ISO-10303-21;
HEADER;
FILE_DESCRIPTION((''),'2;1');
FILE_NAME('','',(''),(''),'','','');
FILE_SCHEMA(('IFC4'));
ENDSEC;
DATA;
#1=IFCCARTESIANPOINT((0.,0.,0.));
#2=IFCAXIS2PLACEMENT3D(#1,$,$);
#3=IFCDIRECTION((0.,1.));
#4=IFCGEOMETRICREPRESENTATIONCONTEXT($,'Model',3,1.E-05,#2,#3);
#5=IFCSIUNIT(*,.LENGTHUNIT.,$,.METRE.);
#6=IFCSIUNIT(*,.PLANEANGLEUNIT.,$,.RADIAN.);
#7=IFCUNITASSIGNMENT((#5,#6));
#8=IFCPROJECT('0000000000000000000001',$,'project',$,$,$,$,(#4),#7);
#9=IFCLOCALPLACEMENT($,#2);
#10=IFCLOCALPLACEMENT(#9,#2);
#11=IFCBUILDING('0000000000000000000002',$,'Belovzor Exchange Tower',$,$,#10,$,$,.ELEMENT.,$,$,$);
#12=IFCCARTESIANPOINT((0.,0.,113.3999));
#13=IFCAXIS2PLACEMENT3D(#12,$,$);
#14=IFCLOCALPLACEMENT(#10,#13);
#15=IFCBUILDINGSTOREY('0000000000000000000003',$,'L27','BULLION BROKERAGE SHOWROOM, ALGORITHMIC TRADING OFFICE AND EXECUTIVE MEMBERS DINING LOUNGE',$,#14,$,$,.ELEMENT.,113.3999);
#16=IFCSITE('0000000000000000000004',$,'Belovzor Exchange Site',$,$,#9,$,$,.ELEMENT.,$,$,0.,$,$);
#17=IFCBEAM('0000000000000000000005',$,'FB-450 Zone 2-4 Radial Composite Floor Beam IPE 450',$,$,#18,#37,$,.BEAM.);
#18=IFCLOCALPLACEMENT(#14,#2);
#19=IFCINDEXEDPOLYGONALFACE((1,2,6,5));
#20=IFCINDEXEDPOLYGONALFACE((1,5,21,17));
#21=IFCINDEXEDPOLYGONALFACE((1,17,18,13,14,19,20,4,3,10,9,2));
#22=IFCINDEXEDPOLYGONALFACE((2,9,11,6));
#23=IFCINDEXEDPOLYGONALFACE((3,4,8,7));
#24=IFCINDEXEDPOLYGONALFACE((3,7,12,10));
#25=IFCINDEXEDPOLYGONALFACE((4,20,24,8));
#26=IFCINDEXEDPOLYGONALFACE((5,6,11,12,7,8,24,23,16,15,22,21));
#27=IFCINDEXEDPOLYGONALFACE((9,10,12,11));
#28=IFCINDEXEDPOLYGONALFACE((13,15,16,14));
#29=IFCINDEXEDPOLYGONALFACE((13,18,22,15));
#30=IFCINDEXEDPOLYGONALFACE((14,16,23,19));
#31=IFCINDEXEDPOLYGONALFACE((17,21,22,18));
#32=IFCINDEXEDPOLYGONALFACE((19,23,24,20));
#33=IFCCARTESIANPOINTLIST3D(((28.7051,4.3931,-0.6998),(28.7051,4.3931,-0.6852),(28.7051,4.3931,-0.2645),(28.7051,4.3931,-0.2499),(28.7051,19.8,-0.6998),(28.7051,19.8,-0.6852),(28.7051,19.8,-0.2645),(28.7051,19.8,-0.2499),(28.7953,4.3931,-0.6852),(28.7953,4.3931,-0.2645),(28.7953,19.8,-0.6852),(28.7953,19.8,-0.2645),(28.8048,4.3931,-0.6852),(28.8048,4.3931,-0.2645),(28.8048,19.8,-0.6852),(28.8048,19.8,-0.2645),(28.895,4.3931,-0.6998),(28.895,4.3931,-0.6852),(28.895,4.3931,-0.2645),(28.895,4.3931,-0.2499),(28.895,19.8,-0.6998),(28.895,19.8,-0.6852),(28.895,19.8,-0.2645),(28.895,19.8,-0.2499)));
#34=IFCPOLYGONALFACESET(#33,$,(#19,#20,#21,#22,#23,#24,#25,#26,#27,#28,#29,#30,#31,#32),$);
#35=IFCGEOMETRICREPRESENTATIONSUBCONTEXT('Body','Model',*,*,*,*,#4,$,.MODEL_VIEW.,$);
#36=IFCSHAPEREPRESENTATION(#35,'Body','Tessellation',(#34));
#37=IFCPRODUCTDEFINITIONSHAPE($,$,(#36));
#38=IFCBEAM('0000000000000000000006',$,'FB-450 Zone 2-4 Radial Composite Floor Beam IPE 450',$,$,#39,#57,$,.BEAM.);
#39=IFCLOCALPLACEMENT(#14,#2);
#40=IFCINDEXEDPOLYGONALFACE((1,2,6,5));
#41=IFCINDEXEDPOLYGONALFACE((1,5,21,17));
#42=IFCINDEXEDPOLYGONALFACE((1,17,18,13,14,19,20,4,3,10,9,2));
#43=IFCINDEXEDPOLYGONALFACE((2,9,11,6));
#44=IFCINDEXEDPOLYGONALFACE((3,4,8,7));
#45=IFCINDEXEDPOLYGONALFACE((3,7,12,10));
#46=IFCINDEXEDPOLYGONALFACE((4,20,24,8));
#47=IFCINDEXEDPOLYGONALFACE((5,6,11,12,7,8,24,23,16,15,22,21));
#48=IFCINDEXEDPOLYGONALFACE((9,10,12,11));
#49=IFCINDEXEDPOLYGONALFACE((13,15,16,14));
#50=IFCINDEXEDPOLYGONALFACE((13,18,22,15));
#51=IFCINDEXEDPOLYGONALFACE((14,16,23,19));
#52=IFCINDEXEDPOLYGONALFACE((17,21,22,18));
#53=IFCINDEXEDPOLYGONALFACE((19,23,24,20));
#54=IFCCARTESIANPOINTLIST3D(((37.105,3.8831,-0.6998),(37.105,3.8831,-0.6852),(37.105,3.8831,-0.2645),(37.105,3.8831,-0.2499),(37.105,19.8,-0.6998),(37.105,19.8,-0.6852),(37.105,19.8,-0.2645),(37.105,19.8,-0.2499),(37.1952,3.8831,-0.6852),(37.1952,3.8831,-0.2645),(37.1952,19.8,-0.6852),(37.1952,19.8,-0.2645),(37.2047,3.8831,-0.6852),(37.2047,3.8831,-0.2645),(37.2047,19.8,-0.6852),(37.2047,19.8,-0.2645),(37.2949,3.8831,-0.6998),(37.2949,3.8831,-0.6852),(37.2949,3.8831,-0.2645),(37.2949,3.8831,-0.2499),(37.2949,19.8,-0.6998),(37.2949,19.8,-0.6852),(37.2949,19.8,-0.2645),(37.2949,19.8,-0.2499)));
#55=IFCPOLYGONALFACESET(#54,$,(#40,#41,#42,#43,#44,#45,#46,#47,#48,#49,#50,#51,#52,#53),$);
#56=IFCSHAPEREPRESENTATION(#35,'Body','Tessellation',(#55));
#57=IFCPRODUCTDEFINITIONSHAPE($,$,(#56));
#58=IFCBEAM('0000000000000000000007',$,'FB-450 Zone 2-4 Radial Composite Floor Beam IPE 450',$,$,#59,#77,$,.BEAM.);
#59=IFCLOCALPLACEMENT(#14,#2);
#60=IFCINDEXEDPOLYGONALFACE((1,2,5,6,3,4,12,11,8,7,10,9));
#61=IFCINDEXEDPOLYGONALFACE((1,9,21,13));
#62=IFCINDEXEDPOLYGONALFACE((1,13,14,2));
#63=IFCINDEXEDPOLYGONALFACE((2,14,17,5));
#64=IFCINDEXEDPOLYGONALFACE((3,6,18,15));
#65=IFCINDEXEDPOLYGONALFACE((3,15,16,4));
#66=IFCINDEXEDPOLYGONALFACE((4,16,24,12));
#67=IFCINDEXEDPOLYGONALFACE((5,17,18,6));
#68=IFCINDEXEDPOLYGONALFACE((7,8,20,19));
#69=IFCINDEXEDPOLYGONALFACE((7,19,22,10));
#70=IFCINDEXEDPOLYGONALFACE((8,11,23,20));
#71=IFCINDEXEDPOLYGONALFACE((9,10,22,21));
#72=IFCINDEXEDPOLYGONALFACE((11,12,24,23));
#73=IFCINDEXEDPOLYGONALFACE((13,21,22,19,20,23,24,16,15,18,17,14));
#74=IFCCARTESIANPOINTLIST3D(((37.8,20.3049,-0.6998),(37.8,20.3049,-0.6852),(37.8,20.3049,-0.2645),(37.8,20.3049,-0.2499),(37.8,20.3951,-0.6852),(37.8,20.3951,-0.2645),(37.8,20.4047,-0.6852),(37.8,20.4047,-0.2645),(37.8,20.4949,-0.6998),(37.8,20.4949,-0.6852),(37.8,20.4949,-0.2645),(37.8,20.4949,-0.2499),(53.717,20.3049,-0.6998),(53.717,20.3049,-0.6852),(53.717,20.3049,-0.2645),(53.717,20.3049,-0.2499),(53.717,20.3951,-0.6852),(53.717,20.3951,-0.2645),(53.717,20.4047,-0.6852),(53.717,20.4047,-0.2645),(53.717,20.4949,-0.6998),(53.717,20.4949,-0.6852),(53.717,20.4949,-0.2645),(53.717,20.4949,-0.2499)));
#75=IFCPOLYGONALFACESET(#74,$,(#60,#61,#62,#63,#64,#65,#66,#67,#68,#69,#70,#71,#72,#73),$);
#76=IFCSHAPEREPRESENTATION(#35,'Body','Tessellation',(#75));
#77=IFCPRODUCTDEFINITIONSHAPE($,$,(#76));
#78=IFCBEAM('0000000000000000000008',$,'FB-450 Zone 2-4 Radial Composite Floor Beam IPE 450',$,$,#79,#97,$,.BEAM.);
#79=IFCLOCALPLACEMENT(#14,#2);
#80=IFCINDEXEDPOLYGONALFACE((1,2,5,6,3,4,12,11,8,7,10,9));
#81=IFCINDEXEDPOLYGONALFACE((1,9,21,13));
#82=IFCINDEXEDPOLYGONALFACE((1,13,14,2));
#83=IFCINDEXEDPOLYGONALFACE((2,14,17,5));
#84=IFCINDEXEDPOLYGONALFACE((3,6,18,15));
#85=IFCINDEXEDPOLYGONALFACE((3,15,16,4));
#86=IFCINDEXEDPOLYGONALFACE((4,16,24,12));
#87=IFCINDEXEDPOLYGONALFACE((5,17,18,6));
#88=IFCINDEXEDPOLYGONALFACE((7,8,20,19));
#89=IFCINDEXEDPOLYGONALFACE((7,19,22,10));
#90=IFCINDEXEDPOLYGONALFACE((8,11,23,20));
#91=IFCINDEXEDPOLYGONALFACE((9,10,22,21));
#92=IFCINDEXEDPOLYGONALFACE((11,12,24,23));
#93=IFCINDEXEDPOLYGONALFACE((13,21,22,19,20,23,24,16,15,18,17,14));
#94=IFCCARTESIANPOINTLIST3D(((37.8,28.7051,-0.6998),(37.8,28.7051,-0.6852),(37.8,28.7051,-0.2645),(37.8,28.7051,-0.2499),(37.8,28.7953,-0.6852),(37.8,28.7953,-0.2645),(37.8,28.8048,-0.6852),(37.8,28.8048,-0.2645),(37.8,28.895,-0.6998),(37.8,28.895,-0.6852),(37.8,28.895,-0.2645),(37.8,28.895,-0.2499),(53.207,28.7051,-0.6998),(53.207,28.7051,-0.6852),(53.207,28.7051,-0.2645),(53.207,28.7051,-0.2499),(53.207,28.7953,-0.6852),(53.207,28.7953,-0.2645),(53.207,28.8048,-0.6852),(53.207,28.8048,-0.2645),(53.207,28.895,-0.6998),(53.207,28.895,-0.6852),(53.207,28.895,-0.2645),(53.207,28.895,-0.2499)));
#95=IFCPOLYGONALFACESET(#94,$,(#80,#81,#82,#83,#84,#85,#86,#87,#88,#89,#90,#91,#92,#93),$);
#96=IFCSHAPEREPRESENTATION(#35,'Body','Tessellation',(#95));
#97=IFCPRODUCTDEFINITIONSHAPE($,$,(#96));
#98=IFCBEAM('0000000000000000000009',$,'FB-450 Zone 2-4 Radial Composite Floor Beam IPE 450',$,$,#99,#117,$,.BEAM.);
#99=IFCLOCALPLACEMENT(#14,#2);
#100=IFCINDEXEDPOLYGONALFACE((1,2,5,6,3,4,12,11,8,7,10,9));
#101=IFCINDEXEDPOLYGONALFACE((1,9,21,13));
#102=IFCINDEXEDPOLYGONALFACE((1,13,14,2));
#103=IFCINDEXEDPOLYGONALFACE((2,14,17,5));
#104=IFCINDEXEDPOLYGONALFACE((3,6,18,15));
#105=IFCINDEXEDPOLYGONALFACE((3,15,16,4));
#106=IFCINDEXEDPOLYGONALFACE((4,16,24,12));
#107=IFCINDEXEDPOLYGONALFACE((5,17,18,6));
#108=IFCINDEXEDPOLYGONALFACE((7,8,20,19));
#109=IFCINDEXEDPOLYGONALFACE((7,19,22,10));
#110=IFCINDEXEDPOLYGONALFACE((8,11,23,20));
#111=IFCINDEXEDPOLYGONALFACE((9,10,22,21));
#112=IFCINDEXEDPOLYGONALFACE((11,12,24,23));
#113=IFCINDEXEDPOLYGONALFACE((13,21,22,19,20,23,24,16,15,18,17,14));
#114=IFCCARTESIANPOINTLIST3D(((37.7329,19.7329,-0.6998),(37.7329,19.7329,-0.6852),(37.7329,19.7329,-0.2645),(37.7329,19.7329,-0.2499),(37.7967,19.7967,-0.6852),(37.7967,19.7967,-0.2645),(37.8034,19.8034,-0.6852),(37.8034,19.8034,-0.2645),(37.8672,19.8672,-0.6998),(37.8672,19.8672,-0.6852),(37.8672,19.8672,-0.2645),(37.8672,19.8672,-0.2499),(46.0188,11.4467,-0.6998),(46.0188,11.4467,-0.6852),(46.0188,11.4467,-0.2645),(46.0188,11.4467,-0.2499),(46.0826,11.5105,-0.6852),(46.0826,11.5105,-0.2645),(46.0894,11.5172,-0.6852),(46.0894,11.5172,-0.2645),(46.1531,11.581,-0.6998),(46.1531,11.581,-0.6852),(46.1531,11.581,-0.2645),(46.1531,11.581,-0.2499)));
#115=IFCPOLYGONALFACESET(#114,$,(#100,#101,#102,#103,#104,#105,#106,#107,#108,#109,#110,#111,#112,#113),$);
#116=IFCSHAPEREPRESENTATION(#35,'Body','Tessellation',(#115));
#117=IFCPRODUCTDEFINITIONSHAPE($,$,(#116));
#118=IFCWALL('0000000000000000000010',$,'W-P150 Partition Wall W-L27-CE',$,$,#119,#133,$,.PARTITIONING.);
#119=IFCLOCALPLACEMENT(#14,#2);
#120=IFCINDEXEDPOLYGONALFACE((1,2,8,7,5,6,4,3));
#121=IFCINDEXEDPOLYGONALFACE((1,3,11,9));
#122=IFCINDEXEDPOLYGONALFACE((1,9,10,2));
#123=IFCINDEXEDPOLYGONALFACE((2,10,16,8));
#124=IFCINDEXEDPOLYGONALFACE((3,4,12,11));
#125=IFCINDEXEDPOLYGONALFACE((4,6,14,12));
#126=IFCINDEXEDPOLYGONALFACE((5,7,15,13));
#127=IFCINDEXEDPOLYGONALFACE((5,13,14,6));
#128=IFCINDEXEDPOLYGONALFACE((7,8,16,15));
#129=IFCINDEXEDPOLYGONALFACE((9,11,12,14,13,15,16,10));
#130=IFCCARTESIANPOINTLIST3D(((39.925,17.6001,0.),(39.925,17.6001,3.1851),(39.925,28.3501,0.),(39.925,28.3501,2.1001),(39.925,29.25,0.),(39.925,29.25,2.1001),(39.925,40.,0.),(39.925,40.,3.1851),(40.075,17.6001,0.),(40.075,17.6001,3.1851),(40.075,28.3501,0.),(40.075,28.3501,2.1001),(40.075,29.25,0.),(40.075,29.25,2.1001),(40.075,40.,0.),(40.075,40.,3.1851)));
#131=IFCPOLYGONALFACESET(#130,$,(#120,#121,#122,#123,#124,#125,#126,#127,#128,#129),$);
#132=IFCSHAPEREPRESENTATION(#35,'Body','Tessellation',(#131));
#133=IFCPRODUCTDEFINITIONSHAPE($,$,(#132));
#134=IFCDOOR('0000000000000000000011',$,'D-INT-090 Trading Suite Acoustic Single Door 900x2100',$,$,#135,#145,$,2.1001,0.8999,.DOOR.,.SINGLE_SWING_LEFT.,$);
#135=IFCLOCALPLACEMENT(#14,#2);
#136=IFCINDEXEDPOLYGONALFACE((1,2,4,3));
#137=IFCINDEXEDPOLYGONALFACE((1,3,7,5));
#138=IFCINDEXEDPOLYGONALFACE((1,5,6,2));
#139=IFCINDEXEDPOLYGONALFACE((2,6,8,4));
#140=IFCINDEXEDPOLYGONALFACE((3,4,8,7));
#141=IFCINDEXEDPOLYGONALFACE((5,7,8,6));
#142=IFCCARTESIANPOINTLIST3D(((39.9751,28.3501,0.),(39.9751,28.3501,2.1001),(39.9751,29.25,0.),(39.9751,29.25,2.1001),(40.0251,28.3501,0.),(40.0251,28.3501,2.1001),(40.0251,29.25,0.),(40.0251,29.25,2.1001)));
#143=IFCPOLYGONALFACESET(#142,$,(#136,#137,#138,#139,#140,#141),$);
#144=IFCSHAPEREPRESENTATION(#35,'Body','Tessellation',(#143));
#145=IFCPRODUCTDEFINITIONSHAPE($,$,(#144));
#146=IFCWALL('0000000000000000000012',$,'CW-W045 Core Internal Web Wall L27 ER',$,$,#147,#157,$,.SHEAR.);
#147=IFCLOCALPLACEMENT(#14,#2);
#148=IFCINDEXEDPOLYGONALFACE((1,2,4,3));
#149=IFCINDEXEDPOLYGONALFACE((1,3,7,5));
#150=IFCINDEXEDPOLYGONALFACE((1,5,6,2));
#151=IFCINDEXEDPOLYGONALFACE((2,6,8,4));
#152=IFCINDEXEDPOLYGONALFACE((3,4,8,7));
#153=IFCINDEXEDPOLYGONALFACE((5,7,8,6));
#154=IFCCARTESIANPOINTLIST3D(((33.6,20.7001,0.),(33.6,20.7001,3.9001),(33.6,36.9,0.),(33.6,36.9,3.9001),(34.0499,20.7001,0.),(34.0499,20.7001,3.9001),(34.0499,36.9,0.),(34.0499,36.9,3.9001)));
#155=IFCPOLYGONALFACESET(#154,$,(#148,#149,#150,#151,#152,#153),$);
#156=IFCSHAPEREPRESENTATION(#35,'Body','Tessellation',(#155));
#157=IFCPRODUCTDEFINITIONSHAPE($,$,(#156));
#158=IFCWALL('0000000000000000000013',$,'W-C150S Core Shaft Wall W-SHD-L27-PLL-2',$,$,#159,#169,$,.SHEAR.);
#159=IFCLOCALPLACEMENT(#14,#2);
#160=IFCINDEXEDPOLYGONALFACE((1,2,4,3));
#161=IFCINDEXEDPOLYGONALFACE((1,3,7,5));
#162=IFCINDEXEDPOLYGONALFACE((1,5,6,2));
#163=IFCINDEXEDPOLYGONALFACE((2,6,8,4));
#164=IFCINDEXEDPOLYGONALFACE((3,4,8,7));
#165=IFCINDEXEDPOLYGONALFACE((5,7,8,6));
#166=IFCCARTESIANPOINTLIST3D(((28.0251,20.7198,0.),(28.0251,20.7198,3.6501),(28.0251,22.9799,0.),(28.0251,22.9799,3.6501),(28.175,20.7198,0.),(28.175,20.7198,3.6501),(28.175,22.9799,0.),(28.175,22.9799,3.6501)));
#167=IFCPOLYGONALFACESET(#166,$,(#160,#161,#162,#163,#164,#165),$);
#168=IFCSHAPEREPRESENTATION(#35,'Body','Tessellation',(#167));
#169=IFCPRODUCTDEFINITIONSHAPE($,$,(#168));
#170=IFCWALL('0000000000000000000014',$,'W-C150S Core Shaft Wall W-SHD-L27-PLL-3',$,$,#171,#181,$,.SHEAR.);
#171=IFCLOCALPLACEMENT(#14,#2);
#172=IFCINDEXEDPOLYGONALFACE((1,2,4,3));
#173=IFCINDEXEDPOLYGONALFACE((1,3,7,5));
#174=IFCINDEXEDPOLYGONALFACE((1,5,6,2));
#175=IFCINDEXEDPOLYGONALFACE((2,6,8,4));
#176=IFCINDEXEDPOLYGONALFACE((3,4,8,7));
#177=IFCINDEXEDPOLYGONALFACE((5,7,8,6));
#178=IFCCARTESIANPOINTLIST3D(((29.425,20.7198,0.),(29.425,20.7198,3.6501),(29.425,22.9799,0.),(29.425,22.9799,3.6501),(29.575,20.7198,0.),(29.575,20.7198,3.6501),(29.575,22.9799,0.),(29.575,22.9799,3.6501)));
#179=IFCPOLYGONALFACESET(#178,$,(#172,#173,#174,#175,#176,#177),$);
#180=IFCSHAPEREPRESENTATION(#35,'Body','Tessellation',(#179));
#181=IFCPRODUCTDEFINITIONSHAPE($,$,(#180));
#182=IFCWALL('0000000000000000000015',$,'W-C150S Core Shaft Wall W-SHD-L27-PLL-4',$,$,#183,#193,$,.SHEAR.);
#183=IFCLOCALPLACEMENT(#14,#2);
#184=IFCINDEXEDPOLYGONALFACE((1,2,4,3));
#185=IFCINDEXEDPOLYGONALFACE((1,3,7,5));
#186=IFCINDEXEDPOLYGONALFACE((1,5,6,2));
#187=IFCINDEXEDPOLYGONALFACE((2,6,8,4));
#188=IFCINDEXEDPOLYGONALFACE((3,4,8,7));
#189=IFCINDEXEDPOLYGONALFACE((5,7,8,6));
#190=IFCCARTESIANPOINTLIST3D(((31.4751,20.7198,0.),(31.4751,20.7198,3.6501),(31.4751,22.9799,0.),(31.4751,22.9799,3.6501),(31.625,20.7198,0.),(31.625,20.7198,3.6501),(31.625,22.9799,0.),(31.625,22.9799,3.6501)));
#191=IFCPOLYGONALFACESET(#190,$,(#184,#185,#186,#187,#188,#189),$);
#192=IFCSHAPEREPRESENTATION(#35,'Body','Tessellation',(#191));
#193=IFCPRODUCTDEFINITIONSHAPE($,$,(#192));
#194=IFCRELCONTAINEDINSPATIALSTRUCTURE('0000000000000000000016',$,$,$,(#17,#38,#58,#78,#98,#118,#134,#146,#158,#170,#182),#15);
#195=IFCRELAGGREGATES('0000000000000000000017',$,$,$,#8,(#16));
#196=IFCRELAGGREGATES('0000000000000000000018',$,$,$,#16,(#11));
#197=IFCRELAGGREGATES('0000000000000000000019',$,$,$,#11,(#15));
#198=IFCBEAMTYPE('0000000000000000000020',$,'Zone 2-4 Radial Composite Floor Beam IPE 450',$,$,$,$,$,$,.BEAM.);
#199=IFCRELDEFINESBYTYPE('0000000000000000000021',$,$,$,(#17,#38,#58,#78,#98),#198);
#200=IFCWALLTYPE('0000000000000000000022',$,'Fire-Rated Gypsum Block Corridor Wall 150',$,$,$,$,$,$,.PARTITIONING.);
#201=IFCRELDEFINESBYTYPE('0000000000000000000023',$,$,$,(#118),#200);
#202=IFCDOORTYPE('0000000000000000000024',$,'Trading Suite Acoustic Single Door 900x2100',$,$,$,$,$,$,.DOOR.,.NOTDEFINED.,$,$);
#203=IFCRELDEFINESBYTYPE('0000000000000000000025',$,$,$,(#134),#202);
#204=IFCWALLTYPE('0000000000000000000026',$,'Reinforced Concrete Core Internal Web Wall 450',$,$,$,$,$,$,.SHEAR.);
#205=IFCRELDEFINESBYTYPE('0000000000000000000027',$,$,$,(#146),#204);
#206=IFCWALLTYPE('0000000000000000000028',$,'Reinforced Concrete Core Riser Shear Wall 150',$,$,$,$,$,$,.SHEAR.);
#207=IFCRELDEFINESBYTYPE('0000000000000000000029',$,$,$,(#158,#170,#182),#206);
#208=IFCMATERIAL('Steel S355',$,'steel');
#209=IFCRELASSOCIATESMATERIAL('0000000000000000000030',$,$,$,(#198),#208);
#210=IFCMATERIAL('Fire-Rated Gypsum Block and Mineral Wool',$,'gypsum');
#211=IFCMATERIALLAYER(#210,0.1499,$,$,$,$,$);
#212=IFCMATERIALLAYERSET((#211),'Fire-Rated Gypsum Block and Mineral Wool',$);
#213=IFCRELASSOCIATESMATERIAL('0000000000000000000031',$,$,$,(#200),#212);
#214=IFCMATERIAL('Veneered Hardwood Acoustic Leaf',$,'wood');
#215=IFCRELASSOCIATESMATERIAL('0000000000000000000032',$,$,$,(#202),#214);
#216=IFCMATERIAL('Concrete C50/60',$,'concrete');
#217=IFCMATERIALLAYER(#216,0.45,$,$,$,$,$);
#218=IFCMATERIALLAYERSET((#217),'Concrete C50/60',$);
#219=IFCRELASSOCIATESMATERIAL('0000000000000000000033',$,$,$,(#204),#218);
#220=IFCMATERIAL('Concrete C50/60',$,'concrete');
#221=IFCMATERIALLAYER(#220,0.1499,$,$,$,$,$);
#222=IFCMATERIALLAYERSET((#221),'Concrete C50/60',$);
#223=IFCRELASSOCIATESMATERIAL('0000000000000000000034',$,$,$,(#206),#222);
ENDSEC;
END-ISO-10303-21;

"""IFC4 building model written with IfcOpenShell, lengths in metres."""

from ifc_helpers import new_model, si_unit, direction, frame, frame_2d, origin, origin_2d, place, context, subcontext, project, spatial, rectangle, i_section, extrude, material, layer, layer_set, material_profile, profile_set, type_object, element, fill, save


model = new_model("IFC4")

# Units and contexts
model_context = context("Model", 3, precision=1e-05, world=origin(), true_north=direction((0.0, 1.0)))
body_context = subcontext(model_context, "Body", "Model", "MODEL_VIEW")
ifc_project = project(units=[si_unit("LENGTHUNIT", "METRE"), si_unit("PLANEANGLEUNIT", "RADIAN")], contexts=[model_context])

# Site, building, storey
site_placement = place(None, origin())
site = spatial("IfcSite", under=ifc_project, at=site_placement, Name="Belovzor Exchange Site", CompositionType="ELEMENT", RefElevation=0.0)
building_placement = place(site_placement, origin())
building = spatial("IfcBuilding", under=site, at=building_placement, Name="Belovzor Exchange Tower", CompositionType="ELEMENT")
storey_placement = place(building_placement, frame((0.0, 0.0, 113.3999)))
storey = spatial("IfcBuildingStorey", under=building, at=storey_placement, Name="L27", Description="BULLION BROKERAGE SHOWROOM, ALGORITHMIC TRADING OFFICE AND EXECUTIVE MEMBERS DINING LOUNGE", CompositionType="ELEMENT", Elevation=113.3999)

# Beams
ifc_material_1 = material(Name="Steel S355", Category="steel")
ifc_material_profile = material_profile(ifc_material_1, i_section(OverallWidth=0.1899, OverallDepth=0.45, WebThickness=0.0095, FlangeThickness=0.0146, at=origin_2d()))
ifc_profile_set = profile_set([ifc_material_profile], Name="Steel S355")
beam_type = type_object("IfcBeamType", Name="Zone 2-4 Radial Composite Floor Beam IPE 450", PredefinedType="BEAM", material=ifc_profile_set)
beam_1_placement = place(storey_placement, frame((28.8, 19.8, -0.4749), z_axis=(0.0, -1.0, 0.0), x_axis=(1.0, 0.0, 0.0)))
element("IfcBeam", 1, at=beam_1_placement, inside=storey, type_object=beam_type, Name="FB-450 Zone 2-4 Radial Composite Floor Beam IPE 450", PredefinedType="BEAM", context=body_context, shape_type="SweptSolid", body=[
    extrude(i_section(OverallWidth=0.1899, OverallDepth=0.45, WebThickness=0.0095, FlangeThickness=0.0146, at=origin_2d()), origin(), (0.0, 0.0, 1.0), 15.407),
])
for number, where, z_axis, x_axis, name in (
    (2, (37.2, 19.8, -0.4749), (0.0, -1.0, 0.0), (1.0, 0.0, 0.0), "FB-450 Zone 2-4 Radial Composite Floor Beam IPE 450"),
    (3, (37.8, 20.3999, -0.4749), (1.0, 0.0, 0.0), (0.0, 1.0, 0.0), "FB-450 Zone 2-4 Radial Composite Floor Beam IPE 450"),
):
    element("IfcBeam", number, at=place(storey_placement, frame(where, z_axis=z_axis, x_axis=x_axis)), inside=storey, type_object=beam_type, Name=name, PredefinedType="BEAM", context=body_context, shape_type="SweptSolid", body=[
        extrude(i_section(OverallWidth=0.1899, OverallDepth=0.45, WebThickness=0.0095, FlangeThickness=0.0146, at=origin_2d()), origin(), (0.0, 0.0, 1.0), 15.917),
    ])
beam_2_placement = place(storey_placement, frame((37.8, 28.8, -0.4749), z_axis=(1.0, 0.0, 0.0), x_axis=(0.0, 1.0, 0.0)))
element("IfcBeam", 4, at=beam_2_placement, inside=storey, type_object=beam_type, Name="FB-450 Zone 2-4 Radial Composite Floor Beam IPE 450", PredefinedType="BEAM", context=body_context, shape_type="SweptSolid", body=[
    extrude(i_section(OverallWidth=0.1899, OverallDepth=0.45, WebThickness=0.0095, FlangeThickness=0.0146, at=origin_2d()), origin(), (0.0, 0.0, 1.0), 15.407),
])
beam_3_placement = place(storey_placement, frame((37.8, 19.8, -0.4749), z_axis=(0.707096, -0.707117, 0.0), x_axis=(0.707117, 0.707096, 0.0)))
element("IfcBeam", 5, at=beam_3_placement, inside=storey, type_object=beam_type, Name="FB-450 Zone 2-4 Radial Composite Floor Beam IPE 450", PredefinedType="BEAM", context=body_context, shape_type="SweptSolid", body=[
    extrude(i_section(OverallWidth=0.1899, OverallDepth=0.45, WebThickness=0.0095, FlangeThickness=0.0146, at=origin_2d()), origin(), (0.0, 0.0, 1.0), 11.7183),
])

# Wall, opening, door
ifc_material_2 = material(Name="Fire-Rated Gypsum Block and Mineral Wool", Category="gypsum")
ifc_layer_1 = layer(ifc_material_2, 0.1499)
ifc_layer_set_1 = layer_set([ifc_layer_1], Name="Fire-Rated Gypsum Block and Mineral Wool")
wall_type_1 = type_object("IfcWallType", Name="Fire-Rated Gypsum Block Corridor Wall 150", PredefinedType="PARTITIONING", material=ifc_layer_set_1)
wall_1_placement = place(storey_placement, frame((40.0, 17.6001, 0.0), z_axis=(0.0, 0.0, 1.0), x_axis=(0.0, 1.0, 0.0)))
wall_1 = element("IfcWall", 6, at=wall_1_placement, inside=storey, type_object=wall_type_1, Name="W-P150 Partition Wall W-L27-CE", PredefinedType="PARTITIONING", context=body_context, shape_type="SweptSolid", body=[
    extrude(rectangle(XDim=22.3999, YDim=0.1499, at=frame_2d((11.2, 0.0))), origin(), (0.0, 0.0, 1.0), 3.1851),
])
opening_1_placement = place(wall_1_placement, frame((10.75, 0.0, 0.0)))
opening_1 = element("IfcOpeningElement", 7, at=opening_1_placement, cuts=wall_1, PredefinedType="OPENING", context=body_context, shape_type="SweptSolid", body=[
    extrude(rectangle(XDim=0.8999, YDim=2.1001, at=frame_2d((0.45, 1.05))), frame((0.0, 0.085, 0.0), z_axis=(0.0, -1.0, 0.0), x_axis=(1.0, 0.0, 0.0)), (0.0, 0.0, 1.0), 0.1699),
])
ifc_material_3 = material(Name="Veneered Hardwood Acoustic Leaf", Category="wood")
door_type_1 = type_object("IfcDoorType", Name="Trading Suite Acoustic Single Door 900x2100", OperationType="NOTDEFINED", PredefinedType="DOOR", material=ifc_material_3)
door_1_placement = place(opening_1_placement, origin())
door_1 = element("IfcDoor", 8, at=door_1_placement, inside=storey, type_object=door_type_1, Name="D-INT-090 Trading Suite Acoustic Single Door 900x2100", OperationType="SINGLE_SWING_LEFT", OverallHeight=2.1001, OverallWidth=0.8999, PredefinedType="DOOR", context=body_context, shape_type="SweptSolid", body=[
    extrude(rectangle(XDim=0.8999, YDim=2.1001, at=frame_2d((0.45, 1.05))), frame((0.0, 0.0249, 0.0), z_axis=(0.0, -1.0, 0.0), x_axis=(1.0, 0.0, 0.0)), (0.0, 0.0, 1.0), 0.05),
])
fill(opening_1, door_1)

# Walls
ifc_material_4 = material(Name="Concrete C50/60", Category="concrete")
ifc_layer_2 = layer(ifc_material_4, 0.45)
ifc_layer_set_2 = layer_set([ifc_layer_2], Name="Concrete C50/60")
wall_type_2 = type_object("IfcWallType", Name="Reinforced Concrete Core Internal Web Wall 450", PredefinedType="SHEAR", material=ifc_layer_set_2)
wall_2_placement = place(storey_placement, frame((33.825, 20.7, 0.0), z_axis=(0.0, 0.0, 1.0), x_axis=(0.0, 1.0, 0.0)))
element("IfcWall", 9, at=wall_2_placement, inside=storey, type_object=wall_type_2, Name="CW-W045 Core Internal Web Wall L27 ER", PredefinedType="SHEAR", context=body_context, shape_type="SweptSolid", body=[
    extrude(rectangle(XDim=16.2, YDim=0.45, at=frame_2d((8.1001, 0.0))), origin(), (0.0, 0.0, 1.0), 3.9001),
])
ifc_material_5 = material(Name="Concrete C50/60", Category="concrete")
ifc_layer_3 = layer(ifc_material_5, 0.1499)
ifc_layer_set_3 = layer_set([ifc_layer_3], Name="Concrete C50/60")
wall_type_3 = type_object("IfcWallType", Name="Reinforced Concrete Core Riser Shear Wall 150", PredefinedType="SHEAR", material=ifc_layer_set_3)
for number, where, z_axis, x_axis, name in (
    (10, (28.1001, 20.72, 0.0), (0.0, 0.0, 1.0), (0.0, 1.0, 0.0), "W-C150S Core Shaft Wall W-SHD-L27-PLL-2"),
    (11, (29.5, 20.72, 0.0), (0.0, 0.0, 1.0), (0.0, 1.0, 0.0), "W-C150S Core Shaft Wall W-SHD-L27-PLL-3"),
    (12, (31.55, 20.72, 0.0), (0.0, 0.0, 1.0), (0.0, 1.0, 0.0), "W-C150S Core Shaft Wall W-SHD-L27-PLL-4"),
):
    element("IfcWall", number, at=place(storey_placement, frame(where, z_axis=z_axis, x_axis=x_axis)), inside=storey, type_object=wall_type_3, Name=name, PredefinedType="SHEAR", context=body_context, shape_type="SweptSolid", body=[
        extrude(rectangle(XDim=2.26, YDim=0.1499, at=frame_2d((1.1299, 0.0))), origin(), (0.0, 0.0, 1.0), 3.6501),
    ])

save(model, "model.ifc")
